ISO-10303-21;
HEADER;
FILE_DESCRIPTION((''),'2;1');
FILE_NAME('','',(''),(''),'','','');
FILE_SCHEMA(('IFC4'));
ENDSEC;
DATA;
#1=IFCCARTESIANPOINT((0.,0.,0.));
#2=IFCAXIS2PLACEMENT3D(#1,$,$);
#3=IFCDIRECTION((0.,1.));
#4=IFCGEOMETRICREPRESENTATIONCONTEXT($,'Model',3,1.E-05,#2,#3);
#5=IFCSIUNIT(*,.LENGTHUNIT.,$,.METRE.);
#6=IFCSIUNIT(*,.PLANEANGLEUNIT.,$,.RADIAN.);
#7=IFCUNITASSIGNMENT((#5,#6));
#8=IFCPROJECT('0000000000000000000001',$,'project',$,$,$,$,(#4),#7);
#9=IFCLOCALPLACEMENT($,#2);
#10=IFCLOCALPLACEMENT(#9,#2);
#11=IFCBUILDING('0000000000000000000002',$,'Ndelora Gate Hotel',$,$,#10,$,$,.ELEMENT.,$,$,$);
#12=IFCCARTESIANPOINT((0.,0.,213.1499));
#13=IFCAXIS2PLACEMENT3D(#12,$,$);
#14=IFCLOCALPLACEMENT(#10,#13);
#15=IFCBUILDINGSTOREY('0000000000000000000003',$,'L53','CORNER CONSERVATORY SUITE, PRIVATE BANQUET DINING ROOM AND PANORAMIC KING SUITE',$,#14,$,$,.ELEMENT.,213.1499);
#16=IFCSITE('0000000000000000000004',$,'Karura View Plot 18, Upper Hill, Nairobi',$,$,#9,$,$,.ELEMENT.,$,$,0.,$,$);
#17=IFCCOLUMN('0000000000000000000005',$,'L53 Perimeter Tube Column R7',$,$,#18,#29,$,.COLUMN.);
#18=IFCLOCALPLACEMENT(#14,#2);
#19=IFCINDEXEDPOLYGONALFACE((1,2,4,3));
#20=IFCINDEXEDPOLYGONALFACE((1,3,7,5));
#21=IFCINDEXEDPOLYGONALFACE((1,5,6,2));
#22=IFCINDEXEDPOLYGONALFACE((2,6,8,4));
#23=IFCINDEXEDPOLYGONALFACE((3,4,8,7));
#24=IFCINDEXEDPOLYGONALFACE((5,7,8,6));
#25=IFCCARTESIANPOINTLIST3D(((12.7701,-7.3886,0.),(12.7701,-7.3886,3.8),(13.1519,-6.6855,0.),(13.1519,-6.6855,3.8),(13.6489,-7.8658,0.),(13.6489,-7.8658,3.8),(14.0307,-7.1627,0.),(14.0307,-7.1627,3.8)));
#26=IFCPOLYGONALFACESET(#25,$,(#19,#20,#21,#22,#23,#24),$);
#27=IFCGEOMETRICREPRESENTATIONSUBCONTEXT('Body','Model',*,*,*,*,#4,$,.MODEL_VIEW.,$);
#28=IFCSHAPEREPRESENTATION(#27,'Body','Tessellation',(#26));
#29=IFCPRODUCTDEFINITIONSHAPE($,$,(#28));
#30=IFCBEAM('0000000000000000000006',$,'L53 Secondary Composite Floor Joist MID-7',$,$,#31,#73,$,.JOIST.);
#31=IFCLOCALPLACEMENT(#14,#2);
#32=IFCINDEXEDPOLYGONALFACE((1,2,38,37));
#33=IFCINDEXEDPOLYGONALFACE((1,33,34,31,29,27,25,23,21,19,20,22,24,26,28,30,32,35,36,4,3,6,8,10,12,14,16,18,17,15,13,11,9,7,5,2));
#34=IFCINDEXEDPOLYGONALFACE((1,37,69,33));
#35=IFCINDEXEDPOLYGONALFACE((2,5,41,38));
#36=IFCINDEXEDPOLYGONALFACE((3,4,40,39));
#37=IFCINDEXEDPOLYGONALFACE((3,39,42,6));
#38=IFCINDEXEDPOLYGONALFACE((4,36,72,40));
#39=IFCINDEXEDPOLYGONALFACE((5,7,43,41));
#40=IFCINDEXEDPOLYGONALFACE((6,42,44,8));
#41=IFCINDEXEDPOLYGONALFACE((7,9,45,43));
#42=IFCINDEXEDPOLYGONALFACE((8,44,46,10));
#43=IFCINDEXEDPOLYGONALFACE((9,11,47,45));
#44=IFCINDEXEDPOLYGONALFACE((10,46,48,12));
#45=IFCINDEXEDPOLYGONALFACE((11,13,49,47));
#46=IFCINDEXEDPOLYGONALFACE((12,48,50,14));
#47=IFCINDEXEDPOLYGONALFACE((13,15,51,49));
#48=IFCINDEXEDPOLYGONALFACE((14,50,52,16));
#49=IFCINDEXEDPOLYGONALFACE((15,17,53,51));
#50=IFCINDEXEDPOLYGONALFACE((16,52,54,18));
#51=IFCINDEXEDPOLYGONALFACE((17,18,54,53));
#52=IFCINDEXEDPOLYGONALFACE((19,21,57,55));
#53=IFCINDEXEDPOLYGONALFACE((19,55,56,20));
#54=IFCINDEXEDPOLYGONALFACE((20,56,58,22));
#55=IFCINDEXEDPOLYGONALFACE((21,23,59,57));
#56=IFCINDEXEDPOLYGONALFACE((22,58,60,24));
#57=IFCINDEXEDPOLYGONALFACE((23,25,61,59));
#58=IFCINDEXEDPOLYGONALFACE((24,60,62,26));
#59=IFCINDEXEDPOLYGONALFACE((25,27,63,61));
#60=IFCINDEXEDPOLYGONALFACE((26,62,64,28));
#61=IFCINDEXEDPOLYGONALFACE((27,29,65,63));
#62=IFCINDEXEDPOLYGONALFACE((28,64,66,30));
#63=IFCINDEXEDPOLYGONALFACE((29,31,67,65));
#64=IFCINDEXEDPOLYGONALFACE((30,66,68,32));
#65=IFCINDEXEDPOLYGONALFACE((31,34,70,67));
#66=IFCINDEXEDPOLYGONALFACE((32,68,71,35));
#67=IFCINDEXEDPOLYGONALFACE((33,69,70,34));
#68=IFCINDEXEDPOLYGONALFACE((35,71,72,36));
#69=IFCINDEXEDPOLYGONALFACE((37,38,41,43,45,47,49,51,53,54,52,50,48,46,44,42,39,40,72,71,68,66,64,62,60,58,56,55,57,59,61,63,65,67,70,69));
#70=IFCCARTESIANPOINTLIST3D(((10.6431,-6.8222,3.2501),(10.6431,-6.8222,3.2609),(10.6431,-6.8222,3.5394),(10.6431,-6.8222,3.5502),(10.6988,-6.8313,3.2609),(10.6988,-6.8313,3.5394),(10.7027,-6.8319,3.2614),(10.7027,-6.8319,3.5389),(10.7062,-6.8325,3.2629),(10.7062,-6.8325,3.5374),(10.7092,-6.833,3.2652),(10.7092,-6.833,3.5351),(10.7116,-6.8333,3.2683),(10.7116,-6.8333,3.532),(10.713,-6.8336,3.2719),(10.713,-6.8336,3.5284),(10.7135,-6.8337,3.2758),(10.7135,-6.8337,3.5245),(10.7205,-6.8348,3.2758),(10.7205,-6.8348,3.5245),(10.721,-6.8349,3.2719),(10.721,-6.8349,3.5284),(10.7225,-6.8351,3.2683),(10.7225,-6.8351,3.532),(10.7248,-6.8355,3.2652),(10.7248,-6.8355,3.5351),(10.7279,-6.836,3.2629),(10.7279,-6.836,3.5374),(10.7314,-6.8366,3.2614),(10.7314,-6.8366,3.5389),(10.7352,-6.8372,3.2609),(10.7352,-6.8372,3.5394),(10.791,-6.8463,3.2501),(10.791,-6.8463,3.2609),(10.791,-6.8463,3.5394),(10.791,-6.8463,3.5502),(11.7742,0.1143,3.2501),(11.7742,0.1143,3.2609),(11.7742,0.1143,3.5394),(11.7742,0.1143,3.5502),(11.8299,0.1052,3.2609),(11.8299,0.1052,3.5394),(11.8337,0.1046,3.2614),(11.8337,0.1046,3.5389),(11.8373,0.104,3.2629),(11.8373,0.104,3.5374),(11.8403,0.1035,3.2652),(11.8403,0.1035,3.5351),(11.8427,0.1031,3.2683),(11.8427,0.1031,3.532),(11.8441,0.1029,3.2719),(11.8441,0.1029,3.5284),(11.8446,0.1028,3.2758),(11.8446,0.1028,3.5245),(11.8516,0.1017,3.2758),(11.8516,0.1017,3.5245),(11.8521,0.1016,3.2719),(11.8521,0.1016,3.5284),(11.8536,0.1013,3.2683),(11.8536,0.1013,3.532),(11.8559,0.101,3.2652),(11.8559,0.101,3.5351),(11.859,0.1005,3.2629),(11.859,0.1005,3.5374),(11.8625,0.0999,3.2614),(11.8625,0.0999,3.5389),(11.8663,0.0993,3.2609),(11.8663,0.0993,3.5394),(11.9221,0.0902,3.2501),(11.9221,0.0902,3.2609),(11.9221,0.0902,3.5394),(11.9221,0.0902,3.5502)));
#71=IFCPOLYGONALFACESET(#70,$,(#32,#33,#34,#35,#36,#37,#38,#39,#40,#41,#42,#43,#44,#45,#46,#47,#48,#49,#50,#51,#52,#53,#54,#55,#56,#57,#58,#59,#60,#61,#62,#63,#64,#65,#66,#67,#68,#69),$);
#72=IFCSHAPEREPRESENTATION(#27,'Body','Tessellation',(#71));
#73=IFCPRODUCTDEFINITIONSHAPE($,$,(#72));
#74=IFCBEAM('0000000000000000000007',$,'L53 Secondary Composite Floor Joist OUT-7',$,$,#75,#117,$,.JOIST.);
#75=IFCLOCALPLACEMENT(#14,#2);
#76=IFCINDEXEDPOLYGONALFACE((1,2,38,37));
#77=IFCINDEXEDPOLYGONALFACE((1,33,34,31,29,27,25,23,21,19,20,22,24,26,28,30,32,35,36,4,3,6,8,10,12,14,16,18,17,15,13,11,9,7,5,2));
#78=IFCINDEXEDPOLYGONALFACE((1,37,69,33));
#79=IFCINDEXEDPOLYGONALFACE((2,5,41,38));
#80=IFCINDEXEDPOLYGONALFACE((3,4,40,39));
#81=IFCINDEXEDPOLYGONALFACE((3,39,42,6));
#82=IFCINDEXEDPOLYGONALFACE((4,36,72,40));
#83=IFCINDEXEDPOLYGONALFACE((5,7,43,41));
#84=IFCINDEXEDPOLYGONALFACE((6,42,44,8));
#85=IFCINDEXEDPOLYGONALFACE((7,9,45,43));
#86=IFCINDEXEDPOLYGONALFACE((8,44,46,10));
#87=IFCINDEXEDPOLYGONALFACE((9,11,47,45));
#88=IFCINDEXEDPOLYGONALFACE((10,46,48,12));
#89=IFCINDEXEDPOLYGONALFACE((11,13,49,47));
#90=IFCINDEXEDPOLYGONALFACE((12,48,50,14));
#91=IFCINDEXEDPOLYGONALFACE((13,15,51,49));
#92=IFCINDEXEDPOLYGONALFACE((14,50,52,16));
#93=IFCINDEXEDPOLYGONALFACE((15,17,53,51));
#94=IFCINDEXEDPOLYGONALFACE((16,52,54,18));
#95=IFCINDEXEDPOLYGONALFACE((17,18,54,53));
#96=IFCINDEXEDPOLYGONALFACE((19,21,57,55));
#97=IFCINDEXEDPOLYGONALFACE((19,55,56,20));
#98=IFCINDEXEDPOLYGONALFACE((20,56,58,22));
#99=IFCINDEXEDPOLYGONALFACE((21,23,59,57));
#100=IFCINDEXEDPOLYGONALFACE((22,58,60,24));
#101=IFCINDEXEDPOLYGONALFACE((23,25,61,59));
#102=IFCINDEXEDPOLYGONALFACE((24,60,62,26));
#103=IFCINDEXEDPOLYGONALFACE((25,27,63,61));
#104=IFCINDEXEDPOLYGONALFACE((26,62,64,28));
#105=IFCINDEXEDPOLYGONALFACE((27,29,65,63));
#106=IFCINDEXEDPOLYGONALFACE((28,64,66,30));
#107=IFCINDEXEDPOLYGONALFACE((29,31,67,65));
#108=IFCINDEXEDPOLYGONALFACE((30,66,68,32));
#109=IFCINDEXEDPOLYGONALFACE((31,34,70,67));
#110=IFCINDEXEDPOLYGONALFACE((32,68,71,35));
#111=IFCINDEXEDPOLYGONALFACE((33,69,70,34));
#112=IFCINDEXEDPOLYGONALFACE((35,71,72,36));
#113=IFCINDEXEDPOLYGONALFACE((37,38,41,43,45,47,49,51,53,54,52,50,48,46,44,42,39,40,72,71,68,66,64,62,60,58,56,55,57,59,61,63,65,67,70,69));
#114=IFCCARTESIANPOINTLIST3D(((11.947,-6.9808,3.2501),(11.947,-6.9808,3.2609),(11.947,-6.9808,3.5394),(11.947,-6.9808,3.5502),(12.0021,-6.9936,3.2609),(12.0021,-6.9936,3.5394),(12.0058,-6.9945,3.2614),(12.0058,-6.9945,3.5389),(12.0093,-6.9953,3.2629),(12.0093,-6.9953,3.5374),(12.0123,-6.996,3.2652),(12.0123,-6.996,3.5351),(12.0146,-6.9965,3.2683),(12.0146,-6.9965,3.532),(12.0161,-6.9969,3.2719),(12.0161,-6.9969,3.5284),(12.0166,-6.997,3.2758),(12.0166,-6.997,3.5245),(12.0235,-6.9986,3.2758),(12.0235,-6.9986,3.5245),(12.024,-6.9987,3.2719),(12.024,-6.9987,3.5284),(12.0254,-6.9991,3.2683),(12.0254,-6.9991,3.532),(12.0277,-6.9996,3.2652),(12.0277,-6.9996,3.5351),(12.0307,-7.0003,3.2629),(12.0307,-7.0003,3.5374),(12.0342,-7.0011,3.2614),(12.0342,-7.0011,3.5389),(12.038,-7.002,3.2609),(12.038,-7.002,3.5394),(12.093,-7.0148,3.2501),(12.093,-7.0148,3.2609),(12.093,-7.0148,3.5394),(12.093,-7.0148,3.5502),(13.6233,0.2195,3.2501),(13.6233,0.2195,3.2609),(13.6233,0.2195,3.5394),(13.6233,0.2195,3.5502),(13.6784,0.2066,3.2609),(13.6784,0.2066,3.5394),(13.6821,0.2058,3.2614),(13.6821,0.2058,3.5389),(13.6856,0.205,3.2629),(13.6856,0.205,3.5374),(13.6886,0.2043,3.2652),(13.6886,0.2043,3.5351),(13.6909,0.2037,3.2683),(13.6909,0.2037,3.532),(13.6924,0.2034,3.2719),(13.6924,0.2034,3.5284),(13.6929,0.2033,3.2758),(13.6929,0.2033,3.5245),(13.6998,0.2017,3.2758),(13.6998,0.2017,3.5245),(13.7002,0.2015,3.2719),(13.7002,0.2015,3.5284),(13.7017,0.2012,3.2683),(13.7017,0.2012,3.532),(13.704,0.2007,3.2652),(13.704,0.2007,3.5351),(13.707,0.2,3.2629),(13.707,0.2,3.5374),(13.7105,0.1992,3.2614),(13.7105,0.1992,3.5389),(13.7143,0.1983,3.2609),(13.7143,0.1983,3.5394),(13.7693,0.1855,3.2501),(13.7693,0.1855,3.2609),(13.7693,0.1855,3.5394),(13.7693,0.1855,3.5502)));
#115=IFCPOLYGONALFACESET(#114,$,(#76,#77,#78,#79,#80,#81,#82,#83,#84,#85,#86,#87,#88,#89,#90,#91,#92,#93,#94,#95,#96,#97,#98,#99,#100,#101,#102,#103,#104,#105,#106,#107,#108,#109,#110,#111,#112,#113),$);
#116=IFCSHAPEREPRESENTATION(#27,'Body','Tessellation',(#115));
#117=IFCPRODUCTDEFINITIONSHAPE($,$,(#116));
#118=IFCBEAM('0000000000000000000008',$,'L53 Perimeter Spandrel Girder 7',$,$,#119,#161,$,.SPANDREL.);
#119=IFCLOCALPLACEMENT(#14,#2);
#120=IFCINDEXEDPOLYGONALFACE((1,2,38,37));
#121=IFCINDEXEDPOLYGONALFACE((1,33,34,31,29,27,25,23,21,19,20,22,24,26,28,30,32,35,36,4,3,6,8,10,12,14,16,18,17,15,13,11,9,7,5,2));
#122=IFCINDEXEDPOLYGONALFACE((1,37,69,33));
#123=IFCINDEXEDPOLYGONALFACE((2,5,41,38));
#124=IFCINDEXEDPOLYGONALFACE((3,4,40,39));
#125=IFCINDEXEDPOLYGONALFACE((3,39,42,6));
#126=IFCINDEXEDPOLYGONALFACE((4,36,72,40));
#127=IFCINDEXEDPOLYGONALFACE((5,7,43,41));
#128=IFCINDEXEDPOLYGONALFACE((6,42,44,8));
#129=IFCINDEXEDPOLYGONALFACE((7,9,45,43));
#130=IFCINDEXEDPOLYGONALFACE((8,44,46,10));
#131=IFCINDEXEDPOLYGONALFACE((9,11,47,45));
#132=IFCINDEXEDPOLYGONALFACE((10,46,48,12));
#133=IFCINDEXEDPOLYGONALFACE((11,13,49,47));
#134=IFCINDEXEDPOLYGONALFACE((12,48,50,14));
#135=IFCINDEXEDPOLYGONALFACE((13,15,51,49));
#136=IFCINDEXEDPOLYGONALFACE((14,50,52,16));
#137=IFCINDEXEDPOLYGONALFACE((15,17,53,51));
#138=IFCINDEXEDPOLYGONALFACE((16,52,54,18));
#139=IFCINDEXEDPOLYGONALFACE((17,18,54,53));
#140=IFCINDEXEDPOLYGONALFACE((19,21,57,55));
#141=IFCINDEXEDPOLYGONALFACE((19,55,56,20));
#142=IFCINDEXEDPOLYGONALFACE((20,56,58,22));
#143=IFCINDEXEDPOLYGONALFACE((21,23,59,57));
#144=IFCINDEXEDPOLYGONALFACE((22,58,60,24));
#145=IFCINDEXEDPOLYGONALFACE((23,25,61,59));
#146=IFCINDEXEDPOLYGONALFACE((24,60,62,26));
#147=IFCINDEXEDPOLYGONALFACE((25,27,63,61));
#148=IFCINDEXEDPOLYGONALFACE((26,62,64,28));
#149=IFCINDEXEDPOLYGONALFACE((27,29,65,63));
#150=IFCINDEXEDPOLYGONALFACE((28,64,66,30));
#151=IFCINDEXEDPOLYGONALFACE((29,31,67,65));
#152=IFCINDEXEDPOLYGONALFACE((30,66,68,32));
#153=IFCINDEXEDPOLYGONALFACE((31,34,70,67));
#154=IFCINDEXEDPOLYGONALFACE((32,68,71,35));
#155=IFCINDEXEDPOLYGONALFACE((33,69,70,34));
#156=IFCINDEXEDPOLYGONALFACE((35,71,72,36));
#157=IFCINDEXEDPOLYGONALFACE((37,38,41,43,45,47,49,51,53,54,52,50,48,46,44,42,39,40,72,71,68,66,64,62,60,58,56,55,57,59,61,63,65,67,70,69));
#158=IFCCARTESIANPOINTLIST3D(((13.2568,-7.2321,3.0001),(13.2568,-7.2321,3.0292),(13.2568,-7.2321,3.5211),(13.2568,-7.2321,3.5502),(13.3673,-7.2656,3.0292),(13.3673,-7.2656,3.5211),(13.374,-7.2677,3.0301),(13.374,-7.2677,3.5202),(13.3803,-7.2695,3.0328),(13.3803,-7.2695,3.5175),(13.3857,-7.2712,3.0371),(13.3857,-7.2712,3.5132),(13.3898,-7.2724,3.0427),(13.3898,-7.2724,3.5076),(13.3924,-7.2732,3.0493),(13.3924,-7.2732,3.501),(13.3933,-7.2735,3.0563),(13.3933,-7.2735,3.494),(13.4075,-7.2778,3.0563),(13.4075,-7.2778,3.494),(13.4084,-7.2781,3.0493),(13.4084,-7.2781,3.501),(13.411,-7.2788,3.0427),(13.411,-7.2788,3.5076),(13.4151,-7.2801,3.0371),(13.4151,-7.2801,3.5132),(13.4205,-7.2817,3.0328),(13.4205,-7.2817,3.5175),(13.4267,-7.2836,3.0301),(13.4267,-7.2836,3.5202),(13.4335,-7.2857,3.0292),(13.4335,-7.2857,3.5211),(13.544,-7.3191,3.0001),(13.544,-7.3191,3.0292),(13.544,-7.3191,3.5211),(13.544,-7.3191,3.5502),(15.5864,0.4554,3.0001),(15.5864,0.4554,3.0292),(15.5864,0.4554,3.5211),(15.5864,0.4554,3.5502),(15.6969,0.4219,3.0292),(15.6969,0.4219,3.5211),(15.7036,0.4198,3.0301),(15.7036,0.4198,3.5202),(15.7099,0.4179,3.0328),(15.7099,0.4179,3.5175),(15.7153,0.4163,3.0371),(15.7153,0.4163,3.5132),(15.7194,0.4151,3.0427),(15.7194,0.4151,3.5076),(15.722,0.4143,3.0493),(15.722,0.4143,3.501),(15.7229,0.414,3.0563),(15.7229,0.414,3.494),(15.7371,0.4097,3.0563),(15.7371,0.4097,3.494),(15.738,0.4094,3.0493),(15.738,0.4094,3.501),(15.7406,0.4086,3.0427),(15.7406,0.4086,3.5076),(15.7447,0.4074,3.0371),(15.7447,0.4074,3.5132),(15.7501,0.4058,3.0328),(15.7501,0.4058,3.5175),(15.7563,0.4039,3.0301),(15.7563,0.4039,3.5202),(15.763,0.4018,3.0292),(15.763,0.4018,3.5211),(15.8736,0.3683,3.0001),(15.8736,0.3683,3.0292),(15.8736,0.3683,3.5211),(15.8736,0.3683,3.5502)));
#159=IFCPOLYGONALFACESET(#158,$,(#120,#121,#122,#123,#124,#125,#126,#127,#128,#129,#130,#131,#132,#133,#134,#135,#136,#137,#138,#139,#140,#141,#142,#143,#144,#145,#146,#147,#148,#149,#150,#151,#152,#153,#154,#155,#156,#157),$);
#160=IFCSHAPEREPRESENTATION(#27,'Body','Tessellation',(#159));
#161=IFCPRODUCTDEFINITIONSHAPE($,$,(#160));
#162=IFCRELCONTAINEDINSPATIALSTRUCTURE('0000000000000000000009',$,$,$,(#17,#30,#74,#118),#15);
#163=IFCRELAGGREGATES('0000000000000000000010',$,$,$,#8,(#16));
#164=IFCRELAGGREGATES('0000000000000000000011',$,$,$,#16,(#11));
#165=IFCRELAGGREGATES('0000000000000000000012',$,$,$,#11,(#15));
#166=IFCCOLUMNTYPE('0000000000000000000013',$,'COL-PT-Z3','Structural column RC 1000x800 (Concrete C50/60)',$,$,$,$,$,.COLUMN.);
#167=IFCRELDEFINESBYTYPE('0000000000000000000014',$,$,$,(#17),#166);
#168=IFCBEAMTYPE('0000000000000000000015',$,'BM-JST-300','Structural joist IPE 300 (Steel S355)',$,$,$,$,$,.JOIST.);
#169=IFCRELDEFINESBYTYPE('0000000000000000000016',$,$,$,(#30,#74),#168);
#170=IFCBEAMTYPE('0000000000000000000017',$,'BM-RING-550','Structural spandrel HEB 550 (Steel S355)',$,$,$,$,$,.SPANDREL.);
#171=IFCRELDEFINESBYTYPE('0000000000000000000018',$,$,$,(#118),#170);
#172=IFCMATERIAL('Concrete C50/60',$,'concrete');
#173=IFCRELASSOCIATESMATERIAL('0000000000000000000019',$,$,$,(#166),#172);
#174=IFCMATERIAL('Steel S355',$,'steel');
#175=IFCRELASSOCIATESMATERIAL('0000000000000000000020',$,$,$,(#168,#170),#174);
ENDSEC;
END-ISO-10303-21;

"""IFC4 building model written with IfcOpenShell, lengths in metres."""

from ifc_helpers import new_model, si_unit, direction, frame, origin, origin_2d, place, context, subcontext, project, spatial, rectangle, i_section, extrude, material, material_profile, profile_set, type_object, element, save


model = new_model("IFC4")

# Units and contexts
model_context = context("Model", 3, precision=1e-05, world=origin(), true_north=direction((0.0, 1.0)))
body_context = subcontext(model_context, "Body", "Model", "MODEL_VIEW")
ifc_project = project(units=[si_unit("LENGTHUNIT", "METRE"), si_unit("PLANEANGLEUNIT", "RADIAN")], contexts=[model_context])

# Site, building, storey
site_placement = place(None, origin())
site = spatial("IfcSite", under=ifc_project, at=site_placement, Name="Karura View Plot 18, Upper Hill, Nairobi", CompositionType="ELEMENT", RefElevation=0.0)
building_placement = place(site_placement, origin())
building = spatial("IfcBuilding", under=site, at=building_placement, Name="Ndelora Gate Hotel", CompositionType="ELEMENT")
storey_placement = place(building_placement, frame((0.0, 0.0, 213.1499)))
storey = spatial("IfcBuildingStorey", under=building, at=storey_placement, Name="L53", Description="CORNER CONSERVATORY SUITE, PRIVATE BANQUET DINING ROOM AND PANORAMIC KING SUITE", CompositionType="ELEMENT", Elevation=213.1499)

# Column
ifc_material_1 = material(Name="Concrete C50/60", Category="concrete")
ifc_material_profile_1 = material_profile(ifc_material_1, rectangle(XDim=0.8, YDim=1.0, at=origin_2d()), Name="RC 1000x800")
ifc_profile_set_1 = profile_set([ifc_material_profile_1], Name="Concrete C50/60")
column_type = type_object("IfcColumnType", Name="COL-PT-Z3", Description="Structural column RC 1000x800 (Concrete C50/60)", PredefinedType="COLUMN", material=ifc_profile_set_1)
column_placement = place(storey_placement, frame((13.4004, -7.2756, 0.0), z_axis=(0.0, 0.0, 1.0), x_axis=(0.477159, 0.878817, 0.0)))
element("IfcColumn", 1, at=column_placement, inside=storey, type_object=column_type, Name="L53 Perimeter Tube Column R7", PredefinedType="COLUMN", context=body_context, shape_type="SweptSolid", body=[
    extrude(rectangle(XDim=0.8, YDim=1.0, at=origin_2d()), origin(), (0.0, 0.0, 1.0), 3.8),
])

# Beams
ifc_material_2 = material(Name="Steel S355", Category="steel")
ifc_material_profile_2 = material_profile(ifc_material_2, i_section(OverallWidth=0.1499, OverallDepth=0.3, WebThickness=0.0071, FlangeThickness=0.0107, FilletRadius=0.0149, at=origin_2d()), Name="IPE 300")
ifc_profile_set_2 = profile_set([ifc_material_profile_2], Name="Steel S355")
beam_type_1 = type_object("IfcBeamType", Name="BM-JST-300", Description="Structural joist IPE 300 (Steel S355)", PredefinedType="JOIST", material=ifc_profile_set_2)
beam_1_placement = place(storey_placement, frame((10.717, -6.8342, 3.4001), z_axis=(0.160939, 0.986964, 0.0), x_axis=(-0.986964, 0.160939, 0.0)))
element("IfcBeam", 2, at=beam_1_placement, inside=storey, type_object=beam_type_1, Name="L53 Secondary Composite Floor Joist MID-7", PredefinedType="JOIST", context=body_context, shape_type="SweptSolid", body=[
    extrude(i_section(OverallWidth=0.1499, OverallDepth=0.3, WebThickness=0.0071, FlangeThickness=0.0107, FilletRadius=0.0149, at=origin_2d()), origin(), (0.0, 0.0, 1.0), 7.0281),
])
beam_2_placement = place(storey_placement, frame((12.02, -6.9978, 3.4001), z_axis=(0.226745, 0.973954, 0.0), x_axis=(-0.973954, 0.226745, 0.0)))
element("IfcBeam", 3, at=beam_2_placement, inside=storey, type_object=beam_type_1, Name="L53 Secondary Composite Floor Joist OUT-7", PredefinedType="JOIST", context=body_context, shape_type="SweptSolid", body=[
    extrude(i_section(OverallWidth=0.1499, OverallDepth=0.3, WebThickness=0.0071, FlangeThickness=0.0107, FilletRadius=0.0149, at=origin_2d()), origin(), (0.0, 0.0, 1.0), 7.3928),
])
ifc_material_profile_3 = material_profile(ifc_material_2, i_section(OverallWidth=0.3, OverallDepth=0.55, WebThickness=0.0149, FlangeThickness=0.0291, FilletRadius=0.0271, at=origin_2d()), Name="HEB 550")
ifc_profile_set_3 = profile_set([ifc_material_profile_3], Name="Steel S355")
beam_type_2 = type_object("IfcBeamType", Name="BM-RING-550", Description="Structural spandrel HEB 550 (Steel S355)", PredefinedType="SPANDREL", material=ifc_profile_set_3)
beam_3_placement = place(storey_placement, frame((13.4004, -7.2756, 3.2751), z_axis=(0.290012, 0.957023, 0.0), x_axis=(-0.957023, 0.290012, 0.0)))
element("IfcBeam", 4, at=beam_3_placement, inside=storey, type_object=beam_type_2, Name="L53 Perimeter Spandrel Girder 7", PredefinedType="SPANDREL", context=body_context, shape_type="SweptSolid", body=[
    extrude(i_section(OverallWidth=0.3, OverallDepth=0.55, WebThickness=0.0149, FlangeThickness=0.0291, FilletRadius=0.0271, at=origin_2d()), origin(), (0.0, 0.0, 1.0), 8.0327),
])

save(model, "model.ifc")
